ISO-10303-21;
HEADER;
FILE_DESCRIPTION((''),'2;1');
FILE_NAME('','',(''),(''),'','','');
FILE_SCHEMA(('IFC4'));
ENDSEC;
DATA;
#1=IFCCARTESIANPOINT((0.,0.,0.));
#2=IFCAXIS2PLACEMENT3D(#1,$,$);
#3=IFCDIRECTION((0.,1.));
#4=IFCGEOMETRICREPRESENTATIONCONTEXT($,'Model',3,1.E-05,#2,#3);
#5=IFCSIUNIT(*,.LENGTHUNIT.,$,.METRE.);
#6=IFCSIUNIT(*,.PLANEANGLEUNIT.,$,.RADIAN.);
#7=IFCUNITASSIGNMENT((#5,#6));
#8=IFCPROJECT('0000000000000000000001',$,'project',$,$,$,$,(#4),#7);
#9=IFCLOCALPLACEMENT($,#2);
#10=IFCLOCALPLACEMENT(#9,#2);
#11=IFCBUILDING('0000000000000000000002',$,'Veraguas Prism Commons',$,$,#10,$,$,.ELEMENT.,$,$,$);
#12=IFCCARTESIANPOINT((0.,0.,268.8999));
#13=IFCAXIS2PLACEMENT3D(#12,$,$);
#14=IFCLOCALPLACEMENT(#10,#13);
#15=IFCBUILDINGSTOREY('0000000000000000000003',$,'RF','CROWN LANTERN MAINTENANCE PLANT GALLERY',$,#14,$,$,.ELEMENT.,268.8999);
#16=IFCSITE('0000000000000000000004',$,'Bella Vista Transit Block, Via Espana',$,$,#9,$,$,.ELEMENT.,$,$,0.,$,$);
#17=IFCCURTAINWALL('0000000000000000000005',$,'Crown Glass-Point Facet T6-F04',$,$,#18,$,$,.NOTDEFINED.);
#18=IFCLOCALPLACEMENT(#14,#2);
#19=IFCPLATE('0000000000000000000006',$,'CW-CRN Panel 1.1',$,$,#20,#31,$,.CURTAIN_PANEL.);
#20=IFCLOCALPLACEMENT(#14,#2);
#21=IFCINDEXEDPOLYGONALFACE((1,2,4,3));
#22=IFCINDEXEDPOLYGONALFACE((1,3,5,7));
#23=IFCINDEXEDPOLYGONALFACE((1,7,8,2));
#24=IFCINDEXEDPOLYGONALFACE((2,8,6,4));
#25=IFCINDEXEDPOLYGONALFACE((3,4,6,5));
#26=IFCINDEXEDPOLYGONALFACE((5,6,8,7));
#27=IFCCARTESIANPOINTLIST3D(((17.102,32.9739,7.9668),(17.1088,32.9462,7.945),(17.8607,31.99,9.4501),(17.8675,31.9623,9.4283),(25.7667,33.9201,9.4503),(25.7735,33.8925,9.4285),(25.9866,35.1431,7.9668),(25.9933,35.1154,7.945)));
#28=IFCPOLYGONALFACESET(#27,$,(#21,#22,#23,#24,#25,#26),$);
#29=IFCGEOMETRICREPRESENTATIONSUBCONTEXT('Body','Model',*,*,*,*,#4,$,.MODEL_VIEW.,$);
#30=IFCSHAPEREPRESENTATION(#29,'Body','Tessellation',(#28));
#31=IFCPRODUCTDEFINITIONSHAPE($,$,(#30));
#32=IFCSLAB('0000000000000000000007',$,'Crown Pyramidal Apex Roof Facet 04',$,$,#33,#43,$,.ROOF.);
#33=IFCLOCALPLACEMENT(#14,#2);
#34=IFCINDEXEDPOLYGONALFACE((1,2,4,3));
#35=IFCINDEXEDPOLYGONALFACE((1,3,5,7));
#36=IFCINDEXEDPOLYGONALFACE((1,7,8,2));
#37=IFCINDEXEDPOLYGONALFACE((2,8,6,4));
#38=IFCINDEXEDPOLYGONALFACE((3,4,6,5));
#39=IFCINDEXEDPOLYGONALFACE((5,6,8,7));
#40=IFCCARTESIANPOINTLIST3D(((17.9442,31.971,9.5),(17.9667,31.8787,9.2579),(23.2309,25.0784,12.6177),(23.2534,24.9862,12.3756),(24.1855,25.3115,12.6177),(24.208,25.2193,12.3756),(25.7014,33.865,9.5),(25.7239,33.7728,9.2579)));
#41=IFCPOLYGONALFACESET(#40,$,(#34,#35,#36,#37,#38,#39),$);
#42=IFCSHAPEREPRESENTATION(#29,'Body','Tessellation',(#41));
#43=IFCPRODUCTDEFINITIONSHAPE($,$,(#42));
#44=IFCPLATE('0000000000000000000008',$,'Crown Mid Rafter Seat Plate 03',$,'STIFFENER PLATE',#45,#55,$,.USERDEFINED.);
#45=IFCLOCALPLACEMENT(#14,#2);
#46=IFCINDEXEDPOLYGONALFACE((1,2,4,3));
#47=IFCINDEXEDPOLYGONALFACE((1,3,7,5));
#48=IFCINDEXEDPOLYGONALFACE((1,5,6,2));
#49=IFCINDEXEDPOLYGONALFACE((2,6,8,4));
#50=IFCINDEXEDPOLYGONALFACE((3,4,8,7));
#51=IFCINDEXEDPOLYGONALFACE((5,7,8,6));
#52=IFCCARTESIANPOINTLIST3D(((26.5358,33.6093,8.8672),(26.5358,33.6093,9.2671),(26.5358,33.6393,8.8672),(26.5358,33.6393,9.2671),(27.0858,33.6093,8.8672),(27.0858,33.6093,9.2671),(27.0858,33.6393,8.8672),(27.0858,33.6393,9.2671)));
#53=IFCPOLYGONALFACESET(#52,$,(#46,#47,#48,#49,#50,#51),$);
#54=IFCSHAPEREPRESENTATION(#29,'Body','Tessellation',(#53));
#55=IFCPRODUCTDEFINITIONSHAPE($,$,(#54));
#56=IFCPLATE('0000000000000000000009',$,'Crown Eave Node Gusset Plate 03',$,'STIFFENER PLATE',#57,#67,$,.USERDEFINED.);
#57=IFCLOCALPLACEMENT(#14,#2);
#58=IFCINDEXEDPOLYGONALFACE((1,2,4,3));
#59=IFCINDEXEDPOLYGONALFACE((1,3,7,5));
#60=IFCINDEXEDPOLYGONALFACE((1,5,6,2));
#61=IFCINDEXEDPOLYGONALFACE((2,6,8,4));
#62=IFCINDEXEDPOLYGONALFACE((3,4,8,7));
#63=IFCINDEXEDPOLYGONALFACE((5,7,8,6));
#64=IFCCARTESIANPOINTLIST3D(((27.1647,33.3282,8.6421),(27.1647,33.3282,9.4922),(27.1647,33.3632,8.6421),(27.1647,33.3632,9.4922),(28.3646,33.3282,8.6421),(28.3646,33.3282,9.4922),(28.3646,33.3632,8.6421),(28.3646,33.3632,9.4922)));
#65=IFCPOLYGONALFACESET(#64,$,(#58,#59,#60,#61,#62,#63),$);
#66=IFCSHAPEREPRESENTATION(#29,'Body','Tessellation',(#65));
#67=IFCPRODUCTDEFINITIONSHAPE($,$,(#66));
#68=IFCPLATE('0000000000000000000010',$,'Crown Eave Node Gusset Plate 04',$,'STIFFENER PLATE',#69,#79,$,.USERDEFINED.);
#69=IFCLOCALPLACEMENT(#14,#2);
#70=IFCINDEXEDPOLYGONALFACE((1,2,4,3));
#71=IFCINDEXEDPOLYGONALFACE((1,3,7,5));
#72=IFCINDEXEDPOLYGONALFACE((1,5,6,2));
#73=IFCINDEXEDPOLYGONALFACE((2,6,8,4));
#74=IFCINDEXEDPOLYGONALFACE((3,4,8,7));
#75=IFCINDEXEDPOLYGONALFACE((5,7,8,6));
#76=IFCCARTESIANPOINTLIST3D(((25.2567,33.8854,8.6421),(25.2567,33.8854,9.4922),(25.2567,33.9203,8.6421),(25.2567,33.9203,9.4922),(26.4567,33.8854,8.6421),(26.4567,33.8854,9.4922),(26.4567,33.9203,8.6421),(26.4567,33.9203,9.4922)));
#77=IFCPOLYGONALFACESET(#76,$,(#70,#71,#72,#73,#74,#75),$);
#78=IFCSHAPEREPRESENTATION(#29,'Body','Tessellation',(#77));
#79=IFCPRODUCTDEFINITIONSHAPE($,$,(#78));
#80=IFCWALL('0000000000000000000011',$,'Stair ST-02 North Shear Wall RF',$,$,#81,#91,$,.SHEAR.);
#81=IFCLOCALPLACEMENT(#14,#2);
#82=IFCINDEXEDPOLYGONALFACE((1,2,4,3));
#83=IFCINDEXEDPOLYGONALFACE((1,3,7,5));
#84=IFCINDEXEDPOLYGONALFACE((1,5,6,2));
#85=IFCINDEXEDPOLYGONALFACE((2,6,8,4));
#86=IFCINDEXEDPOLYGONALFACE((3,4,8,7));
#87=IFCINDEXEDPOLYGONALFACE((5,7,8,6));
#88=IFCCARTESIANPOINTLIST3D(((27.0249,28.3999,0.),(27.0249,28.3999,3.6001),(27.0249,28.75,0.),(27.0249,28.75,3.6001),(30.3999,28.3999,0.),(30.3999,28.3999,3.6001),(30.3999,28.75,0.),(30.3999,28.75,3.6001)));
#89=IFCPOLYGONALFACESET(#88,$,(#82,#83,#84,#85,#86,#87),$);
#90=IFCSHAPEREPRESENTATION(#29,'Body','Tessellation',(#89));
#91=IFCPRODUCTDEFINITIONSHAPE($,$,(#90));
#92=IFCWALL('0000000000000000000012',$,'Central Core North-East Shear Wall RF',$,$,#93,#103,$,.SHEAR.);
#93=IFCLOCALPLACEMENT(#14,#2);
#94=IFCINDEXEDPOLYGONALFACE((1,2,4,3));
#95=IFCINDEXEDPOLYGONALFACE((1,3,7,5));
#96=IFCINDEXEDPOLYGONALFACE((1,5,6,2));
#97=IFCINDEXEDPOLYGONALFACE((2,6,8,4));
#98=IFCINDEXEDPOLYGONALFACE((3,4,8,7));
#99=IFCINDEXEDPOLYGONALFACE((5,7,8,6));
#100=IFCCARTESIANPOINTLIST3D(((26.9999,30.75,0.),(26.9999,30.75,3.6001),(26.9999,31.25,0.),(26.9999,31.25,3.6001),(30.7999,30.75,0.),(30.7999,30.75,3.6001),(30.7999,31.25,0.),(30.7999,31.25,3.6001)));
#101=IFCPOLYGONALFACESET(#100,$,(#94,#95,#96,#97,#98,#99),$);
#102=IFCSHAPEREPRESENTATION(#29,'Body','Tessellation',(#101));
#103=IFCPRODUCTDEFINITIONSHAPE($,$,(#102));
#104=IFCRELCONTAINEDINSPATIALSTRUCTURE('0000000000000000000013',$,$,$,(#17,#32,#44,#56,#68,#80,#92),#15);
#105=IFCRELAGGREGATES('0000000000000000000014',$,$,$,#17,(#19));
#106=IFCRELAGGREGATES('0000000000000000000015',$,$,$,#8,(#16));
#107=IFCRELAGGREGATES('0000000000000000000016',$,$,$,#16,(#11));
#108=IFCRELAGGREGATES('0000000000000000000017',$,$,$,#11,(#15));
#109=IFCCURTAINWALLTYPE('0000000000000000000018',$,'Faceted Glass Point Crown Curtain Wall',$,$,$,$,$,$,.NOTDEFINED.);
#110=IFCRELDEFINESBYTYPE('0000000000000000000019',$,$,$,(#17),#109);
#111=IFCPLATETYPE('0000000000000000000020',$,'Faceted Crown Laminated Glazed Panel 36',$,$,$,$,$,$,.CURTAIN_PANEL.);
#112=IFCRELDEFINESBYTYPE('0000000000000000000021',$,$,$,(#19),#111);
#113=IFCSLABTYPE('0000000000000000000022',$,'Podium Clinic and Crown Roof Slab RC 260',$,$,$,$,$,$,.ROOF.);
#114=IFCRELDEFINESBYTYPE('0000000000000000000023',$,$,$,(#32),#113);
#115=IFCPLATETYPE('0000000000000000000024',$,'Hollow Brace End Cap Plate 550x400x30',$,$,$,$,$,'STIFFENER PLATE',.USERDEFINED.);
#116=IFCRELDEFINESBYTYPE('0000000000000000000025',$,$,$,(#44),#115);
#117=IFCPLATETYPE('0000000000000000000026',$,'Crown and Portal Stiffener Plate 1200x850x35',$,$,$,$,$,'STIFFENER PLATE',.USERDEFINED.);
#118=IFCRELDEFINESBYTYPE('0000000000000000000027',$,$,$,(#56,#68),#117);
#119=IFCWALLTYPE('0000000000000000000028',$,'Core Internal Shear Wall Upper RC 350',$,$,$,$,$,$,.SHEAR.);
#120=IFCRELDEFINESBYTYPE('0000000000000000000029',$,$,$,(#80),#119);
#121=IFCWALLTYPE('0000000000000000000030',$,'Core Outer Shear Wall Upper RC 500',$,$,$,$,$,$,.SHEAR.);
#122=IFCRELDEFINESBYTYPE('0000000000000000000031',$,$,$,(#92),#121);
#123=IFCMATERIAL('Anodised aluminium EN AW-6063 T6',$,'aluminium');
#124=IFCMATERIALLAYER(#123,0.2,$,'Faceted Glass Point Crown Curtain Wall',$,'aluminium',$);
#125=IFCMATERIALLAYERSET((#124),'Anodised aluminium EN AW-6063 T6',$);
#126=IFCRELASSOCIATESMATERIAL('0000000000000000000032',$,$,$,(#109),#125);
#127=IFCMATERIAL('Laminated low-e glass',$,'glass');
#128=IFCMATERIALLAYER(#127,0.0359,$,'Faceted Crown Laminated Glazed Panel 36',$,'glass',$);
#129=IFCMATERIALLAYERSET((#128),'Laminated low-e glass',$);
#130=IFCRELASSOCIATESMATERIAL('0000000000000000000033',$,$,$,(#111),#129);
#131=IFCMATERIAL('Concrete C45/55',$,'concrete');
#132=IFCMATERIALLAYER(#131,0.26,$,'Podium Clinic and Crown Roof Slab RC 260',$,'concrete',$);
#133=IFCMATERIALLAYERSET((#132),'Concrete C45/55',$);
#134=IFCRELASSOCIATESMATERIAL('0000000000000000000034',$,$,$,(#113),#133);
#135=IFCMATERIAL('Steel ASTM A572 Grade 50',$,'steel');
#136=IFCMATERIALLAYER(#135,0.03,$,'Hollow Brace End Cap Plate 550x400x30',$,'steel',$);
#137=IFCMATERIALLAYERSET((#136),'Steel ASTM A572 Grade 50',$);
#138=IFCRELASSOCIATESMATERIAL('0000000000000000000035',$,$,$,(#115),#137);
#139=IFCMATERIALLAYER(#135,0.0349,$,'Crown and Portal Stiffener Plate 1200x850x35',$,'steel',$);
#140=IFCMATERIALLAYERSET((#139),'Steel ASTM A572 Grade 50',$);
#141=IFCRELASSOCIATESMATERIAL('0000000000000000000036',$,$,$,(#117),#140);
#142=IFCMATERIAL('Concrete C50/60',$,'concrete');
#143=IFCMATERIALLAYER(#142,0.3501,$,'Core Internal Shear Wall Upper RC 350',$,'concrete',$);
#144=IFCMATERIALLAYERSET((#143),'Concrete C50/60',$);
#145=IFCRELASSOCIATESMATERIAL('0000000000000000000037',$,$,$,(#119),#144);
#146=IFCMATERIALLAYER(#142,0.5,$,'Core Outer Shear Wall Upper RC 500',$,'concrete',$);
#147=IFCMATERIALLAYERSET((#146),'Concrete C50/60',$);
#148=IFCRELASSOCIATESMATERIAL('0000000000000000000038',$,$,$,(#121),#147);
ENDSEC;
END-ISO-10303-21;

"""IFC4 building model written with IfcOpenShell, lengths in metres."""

from ifc_helpers import new_model, si_unit, direction, frame, frame_2d, origin, origin_2d, place, context, subcontext, project, spatial, polyline, rectangle, outline, extrude, source, transform, mapped, material, layer, layer_set, type_object, element, aggregate, save


model = new_model("IFC4")

# Units and contexts
model_context = context("Model", 3, precision=1e-05, world=origin(), true_north=direction((0.0, 1.0)))
body_context = subcontext(model_context, "Body", "Model", "MODEL_VIEW")
ifc_project = project(units=[si_unit("LENGTHUNIT", "METRE"), si_unit("PLANEANGLEUNIT", "RADIAN")], contexts=[model_context])

# Site, building, storey
site_placement = place(None, origin())
site = spatial("IfcSite", under=ifc_project, at=site_placement, Name="Bella Vista Transit Block, Via Espana", CompositionType="ELEMENT", RefElevation=0.0)
building_placement = place(site_placement, origin())
building = spatial("IfcBuilding", under=site, at=building_placement, Name="Veraguas Prism Commons", CompositionType="ELEMENT")
storey_placement = place(building_placement, frame((0.0, 0.0, 268.8999)))
storey = spatial("IfcBuildingStorey", under=building, at=storey_placement, Name="RF", Description="CROWN LANTERN MAINTENANCE PLANT GALLERY", CompositionType="ELEMENT", Elevation=268.8999)

# Shared definitions
ifc_material_1 = material(Name="Anodised aluminium EN AW-6063 T6", Category="aluminium")
ifc_layer_1 = layer(ifc_material_1, 0.2, Name="Faceted Glass Point Crown Curtain Wall", Category="aluminium")
ifc_layer_set_1 = layer_set([ifc_layer_1], Name="Anodised aluminium EN AW-6063 T6")
curtain_wall_type = type_object("IfcCurtainWallType", Name="Faceted Glass Point Crown Curtain Wall", PredefinedType="NOTDEFINED", material=ifc_layer_set_1)

# Curtain wall
curtain_wall_1_placement = place(storey_placement, origin())
curtain_wall_1 = element("IfcCurtainWall", 1, at=curtain_wall_1_placement, inside=storey, type_object=curtain_wall_type, Name="Crown Glass-Point Facet T6-F04", PredefinedType="NOTDEFINED")

# Plate
ifc_material_2 = material(Name="Laminated low-e glass", Category="glass")
ifc_layer_2 = layer(ifc_material_2, 0.0359, Name="Faceted Crown Laminated Glazed Panel 36", Category="glass")
ifc_layer_set_2 = layer_set([ifc_layer_2], Name="Laminated low-e glass")
plate_type_1 = type_object("IfcPlateType", Name="Faceted Crown Laminated Glazed Panel 36", PredefinedType="CURTAIN_PANEL", material=ifc_layer_set_2)
plate_1_placement = place(storey_placement, frame((25.9866, 35.1431, 7.9668), z_axis=(-0.188321, 0.771328, 0.607938), x_axis=(-0.971464, -0.237185, 0.000001)))
plate_1 = element("IfcPlate", 2, at=plate_1_placement, type_object=plate_type_1, Name="CW-CRN Panel 1.1", PredefinedType="CURTAIN_PANEL", context=body_context, shape_type="SweptSolid", body=[
    extrude(outline(polyline([(0.0, 0.0), (9.1455, 0.0), (8.6418, 1.8682), (0.5037, 1.8684), (0.0, 0.0)])), origin(), (0.0, 0.0, -1.0), 0.0359),
])
aggregate(curtain_wall_1, [plate_1])

# Slab
ifc_material_3 = material(Name="Concrete C45/55", Category="concrete")
ifc_layer_3 = layer(ifc_material_3, 0.26, Name="Podium Clinic and Crown Roof Slab RC 260", Category="concrete")
ifc_layer_set_3 = layer_set([ifc_layer_3], Name="Concrete C45/55")
slab_type = type_object("IfcSlabType", Name="Podium Clinic and Crown Roof Slab RC 260", PredefinedType="ROOF", material=ifc_layer_set_3)
slab_1_placement = place(storey_placement, frame((25.7014, 33.865, 9.5), z_axis=(-0.086602, 0.354676, 0.93097), x_axis=(-0.971462, -0.237195, -0.000003)))
element("IfcSlab", 3, at=slab_1_placement, inside=storey, type_object=slab_type, Name="Crown Pyramidal Apex Roof Facet 04", PredefinedType="ROOF", context=body_context, shape_type="SweptSolid", body=[
    extrude(outline(polyline([(0.0, 0.0), (7.9851, 0.0), (4.4841, 8.5393), (3.5015, 8.5393), (0.0, 0.0)])), origin(), (0.0, 0.0, -1.0), 0.26),
])

# Plates
ifc_material_4 = material(Name="Steel ASTM A572 Grade 50", Category="steel")
ifc_layer_4 = layer(ifc_material_4, 0.03, Name="Hollow Brace End Cap Plate 550x400x30", Category="steel")
ifc_layer_set_4 = layer_set([ifc_layer_4], Name="Steel ASTM A572 Grade 50")
plate_type_2 = type_object("IfcPlateType", Name="Hollow Brace End Cap Plate 550x400x30", ElementType="STIFFENER PLATE", PredefinedType="USERDEFINED", material=ifc_layer_set_4)
shared_shape_1 = source(origin(), body_context, "Body", "SweptSolid", [
    extrude(rectangle(XDim=0.55, YDim=0.03, at=origin_2d()), origin(), (0.0, 0.0, 1.0), 0.3999),
])
plate_2_placement = place(storey_placement, frame((26.8108, 33.6243, 8.8672), z_axis=(0.0, 0.0, 1.0), x_axis=(1.0, 0.0, 0.0)))
element("IfcPlate", 4, at=plate_2_placement, inside=storey, type_object=plate_type_2, Name="Crown Mid Rafter Seat Plate 03", ObjectType="STIFFENER PLATE", PredefinedType="USERDEFINED", context=body_context, shape_type="MappedRepresentation", body=[
    mapped(shared_shape_1, transform((0.0, 0.0, 0.0), scale=1.0)),
])
ifc_layer_5 = layer(ifc_material_4, 0.0349, Name="Crown and Portal Stiffener Plate 1200x850x35", Category="steel")
ifc_layer_set_5 = layer_set([ifc_layer_5], Name="Steel ASTM A572 Grade 50")
plate_type_3 = type_object("IfcPlateType", Name="Crown and Portal Stiffener Plate 1200x850x35", ElementType="STIFFENER PLATE", PredefinedType="USERDEFINED", material=ifc_layer_set_5)
shared_shape_2 = source(origin(), body_context, "Body", "SweptSolid", [
    extrude(rectangle(XDim=1.2, YDim=0.0349, at=origin_2d()), origin(), (0.0, 0.0, 1.0), 0.8501),
])
for number, where, z_axis, x_axis, name in (
    (5, (27.7646, 33.3457, 8.6421), (0.0, 0.0, 1.0), (1.0, 0.0, 0.0), "Crown Eave Node Gusset Plate 03"),
    (6, (25.8567, 33.9028, 8.6421), (0.0, 0.0, 1.0), (1.0, 0.0, 0.0), "Crown Eave Node Gusset Plate 04"),
):
    element("IfcPlate", number, at=place(storey_placement, frame(where, z_axis=z_axis, x_axis=x_axis)), inside=storey, type_object=plate_type_3, Name=name, ObjectType="STIFFENER PLATE", PredefinedType="USERDEFINED", context=body_context, shape_type="MappedRepresentation", body=[
        mapped(shared_shape_2, transform((0.0, 0.0, 0.0), scale=1.0)),
    ])

# Walls
ifc_material_5 = material(Name="Concrete C50/60", Category="concrete")
ifc_layer_6 = layer(ifc_material_5, 0.3501, Name="Core Internal Shear Wall Upper RC 350", Category="concrete")
ifc_layer_set_6 = layer_set([ifc_layer_6], Name="Concrete C50/60")
wall_type_1 = type_object("IfcWallType", Name="Core Internal Shear Wall Upper RC 350", PredefinedType="SHEAR", material=ifc_layer_set_6)
wall_1_placement = place(storey_placement, frame((27.0249, 28.575, 0.0), z_axis=(0.0, 0.0, 1.0), x_axis=(1.0, 0.0, 0.0)))
element("IfcWall", 7, at=wall_1_placement, inside=storey, type_object=wall_type_1, Name="Stair ST-02 North Shear Wall RF", PredefinedType="SHEAR", context=body_context, shape_type="SweptSolid", body=[
    extrude(rectangle(XDim=3.375, YDim=0.3501, at=frame_2d((1.6875, 0.0))), origin(), (0.0, 0.0, 1.0), 3.6001),
])
ifc_layer_7 = layer(ifc_material_5, 0.5, Name="Core Outer Shear Wall Upper RC 500", Category="concrete")
ifc_layer_set_7 = layer_set([ifc_layer_7], Name="Concrete C50/60")
wall_type_2 = type_object("IfcWallType", Name="Core Outer Shear Wall Upper RC 500", PredefinedType="SHEAR", material=ifc_layer_set_7)
wall_2_placement = place(storey_placement, frame((27.0, 31.0, 0.0), z_axis=(0.0, 0.0, 1.0), x_axis=(1.0, 0.0, 0.0)))
element("IfcWall", 8, at=wall_2_placement, inside=storey, type_object=wall_type_2, Name="Central Core North-East Shear Wall RF", PredefinedType="SHEAR", context=body_context, shape_type="SweptSolid", body=[
    extrude(rectangle(XDim=3.8, YDim=0.5, at=frame_2d((1.8999, 0.0))), origin(), (0.0, 0.0, 1.0), 3.6001),
])

save(model, "model.ifc")
